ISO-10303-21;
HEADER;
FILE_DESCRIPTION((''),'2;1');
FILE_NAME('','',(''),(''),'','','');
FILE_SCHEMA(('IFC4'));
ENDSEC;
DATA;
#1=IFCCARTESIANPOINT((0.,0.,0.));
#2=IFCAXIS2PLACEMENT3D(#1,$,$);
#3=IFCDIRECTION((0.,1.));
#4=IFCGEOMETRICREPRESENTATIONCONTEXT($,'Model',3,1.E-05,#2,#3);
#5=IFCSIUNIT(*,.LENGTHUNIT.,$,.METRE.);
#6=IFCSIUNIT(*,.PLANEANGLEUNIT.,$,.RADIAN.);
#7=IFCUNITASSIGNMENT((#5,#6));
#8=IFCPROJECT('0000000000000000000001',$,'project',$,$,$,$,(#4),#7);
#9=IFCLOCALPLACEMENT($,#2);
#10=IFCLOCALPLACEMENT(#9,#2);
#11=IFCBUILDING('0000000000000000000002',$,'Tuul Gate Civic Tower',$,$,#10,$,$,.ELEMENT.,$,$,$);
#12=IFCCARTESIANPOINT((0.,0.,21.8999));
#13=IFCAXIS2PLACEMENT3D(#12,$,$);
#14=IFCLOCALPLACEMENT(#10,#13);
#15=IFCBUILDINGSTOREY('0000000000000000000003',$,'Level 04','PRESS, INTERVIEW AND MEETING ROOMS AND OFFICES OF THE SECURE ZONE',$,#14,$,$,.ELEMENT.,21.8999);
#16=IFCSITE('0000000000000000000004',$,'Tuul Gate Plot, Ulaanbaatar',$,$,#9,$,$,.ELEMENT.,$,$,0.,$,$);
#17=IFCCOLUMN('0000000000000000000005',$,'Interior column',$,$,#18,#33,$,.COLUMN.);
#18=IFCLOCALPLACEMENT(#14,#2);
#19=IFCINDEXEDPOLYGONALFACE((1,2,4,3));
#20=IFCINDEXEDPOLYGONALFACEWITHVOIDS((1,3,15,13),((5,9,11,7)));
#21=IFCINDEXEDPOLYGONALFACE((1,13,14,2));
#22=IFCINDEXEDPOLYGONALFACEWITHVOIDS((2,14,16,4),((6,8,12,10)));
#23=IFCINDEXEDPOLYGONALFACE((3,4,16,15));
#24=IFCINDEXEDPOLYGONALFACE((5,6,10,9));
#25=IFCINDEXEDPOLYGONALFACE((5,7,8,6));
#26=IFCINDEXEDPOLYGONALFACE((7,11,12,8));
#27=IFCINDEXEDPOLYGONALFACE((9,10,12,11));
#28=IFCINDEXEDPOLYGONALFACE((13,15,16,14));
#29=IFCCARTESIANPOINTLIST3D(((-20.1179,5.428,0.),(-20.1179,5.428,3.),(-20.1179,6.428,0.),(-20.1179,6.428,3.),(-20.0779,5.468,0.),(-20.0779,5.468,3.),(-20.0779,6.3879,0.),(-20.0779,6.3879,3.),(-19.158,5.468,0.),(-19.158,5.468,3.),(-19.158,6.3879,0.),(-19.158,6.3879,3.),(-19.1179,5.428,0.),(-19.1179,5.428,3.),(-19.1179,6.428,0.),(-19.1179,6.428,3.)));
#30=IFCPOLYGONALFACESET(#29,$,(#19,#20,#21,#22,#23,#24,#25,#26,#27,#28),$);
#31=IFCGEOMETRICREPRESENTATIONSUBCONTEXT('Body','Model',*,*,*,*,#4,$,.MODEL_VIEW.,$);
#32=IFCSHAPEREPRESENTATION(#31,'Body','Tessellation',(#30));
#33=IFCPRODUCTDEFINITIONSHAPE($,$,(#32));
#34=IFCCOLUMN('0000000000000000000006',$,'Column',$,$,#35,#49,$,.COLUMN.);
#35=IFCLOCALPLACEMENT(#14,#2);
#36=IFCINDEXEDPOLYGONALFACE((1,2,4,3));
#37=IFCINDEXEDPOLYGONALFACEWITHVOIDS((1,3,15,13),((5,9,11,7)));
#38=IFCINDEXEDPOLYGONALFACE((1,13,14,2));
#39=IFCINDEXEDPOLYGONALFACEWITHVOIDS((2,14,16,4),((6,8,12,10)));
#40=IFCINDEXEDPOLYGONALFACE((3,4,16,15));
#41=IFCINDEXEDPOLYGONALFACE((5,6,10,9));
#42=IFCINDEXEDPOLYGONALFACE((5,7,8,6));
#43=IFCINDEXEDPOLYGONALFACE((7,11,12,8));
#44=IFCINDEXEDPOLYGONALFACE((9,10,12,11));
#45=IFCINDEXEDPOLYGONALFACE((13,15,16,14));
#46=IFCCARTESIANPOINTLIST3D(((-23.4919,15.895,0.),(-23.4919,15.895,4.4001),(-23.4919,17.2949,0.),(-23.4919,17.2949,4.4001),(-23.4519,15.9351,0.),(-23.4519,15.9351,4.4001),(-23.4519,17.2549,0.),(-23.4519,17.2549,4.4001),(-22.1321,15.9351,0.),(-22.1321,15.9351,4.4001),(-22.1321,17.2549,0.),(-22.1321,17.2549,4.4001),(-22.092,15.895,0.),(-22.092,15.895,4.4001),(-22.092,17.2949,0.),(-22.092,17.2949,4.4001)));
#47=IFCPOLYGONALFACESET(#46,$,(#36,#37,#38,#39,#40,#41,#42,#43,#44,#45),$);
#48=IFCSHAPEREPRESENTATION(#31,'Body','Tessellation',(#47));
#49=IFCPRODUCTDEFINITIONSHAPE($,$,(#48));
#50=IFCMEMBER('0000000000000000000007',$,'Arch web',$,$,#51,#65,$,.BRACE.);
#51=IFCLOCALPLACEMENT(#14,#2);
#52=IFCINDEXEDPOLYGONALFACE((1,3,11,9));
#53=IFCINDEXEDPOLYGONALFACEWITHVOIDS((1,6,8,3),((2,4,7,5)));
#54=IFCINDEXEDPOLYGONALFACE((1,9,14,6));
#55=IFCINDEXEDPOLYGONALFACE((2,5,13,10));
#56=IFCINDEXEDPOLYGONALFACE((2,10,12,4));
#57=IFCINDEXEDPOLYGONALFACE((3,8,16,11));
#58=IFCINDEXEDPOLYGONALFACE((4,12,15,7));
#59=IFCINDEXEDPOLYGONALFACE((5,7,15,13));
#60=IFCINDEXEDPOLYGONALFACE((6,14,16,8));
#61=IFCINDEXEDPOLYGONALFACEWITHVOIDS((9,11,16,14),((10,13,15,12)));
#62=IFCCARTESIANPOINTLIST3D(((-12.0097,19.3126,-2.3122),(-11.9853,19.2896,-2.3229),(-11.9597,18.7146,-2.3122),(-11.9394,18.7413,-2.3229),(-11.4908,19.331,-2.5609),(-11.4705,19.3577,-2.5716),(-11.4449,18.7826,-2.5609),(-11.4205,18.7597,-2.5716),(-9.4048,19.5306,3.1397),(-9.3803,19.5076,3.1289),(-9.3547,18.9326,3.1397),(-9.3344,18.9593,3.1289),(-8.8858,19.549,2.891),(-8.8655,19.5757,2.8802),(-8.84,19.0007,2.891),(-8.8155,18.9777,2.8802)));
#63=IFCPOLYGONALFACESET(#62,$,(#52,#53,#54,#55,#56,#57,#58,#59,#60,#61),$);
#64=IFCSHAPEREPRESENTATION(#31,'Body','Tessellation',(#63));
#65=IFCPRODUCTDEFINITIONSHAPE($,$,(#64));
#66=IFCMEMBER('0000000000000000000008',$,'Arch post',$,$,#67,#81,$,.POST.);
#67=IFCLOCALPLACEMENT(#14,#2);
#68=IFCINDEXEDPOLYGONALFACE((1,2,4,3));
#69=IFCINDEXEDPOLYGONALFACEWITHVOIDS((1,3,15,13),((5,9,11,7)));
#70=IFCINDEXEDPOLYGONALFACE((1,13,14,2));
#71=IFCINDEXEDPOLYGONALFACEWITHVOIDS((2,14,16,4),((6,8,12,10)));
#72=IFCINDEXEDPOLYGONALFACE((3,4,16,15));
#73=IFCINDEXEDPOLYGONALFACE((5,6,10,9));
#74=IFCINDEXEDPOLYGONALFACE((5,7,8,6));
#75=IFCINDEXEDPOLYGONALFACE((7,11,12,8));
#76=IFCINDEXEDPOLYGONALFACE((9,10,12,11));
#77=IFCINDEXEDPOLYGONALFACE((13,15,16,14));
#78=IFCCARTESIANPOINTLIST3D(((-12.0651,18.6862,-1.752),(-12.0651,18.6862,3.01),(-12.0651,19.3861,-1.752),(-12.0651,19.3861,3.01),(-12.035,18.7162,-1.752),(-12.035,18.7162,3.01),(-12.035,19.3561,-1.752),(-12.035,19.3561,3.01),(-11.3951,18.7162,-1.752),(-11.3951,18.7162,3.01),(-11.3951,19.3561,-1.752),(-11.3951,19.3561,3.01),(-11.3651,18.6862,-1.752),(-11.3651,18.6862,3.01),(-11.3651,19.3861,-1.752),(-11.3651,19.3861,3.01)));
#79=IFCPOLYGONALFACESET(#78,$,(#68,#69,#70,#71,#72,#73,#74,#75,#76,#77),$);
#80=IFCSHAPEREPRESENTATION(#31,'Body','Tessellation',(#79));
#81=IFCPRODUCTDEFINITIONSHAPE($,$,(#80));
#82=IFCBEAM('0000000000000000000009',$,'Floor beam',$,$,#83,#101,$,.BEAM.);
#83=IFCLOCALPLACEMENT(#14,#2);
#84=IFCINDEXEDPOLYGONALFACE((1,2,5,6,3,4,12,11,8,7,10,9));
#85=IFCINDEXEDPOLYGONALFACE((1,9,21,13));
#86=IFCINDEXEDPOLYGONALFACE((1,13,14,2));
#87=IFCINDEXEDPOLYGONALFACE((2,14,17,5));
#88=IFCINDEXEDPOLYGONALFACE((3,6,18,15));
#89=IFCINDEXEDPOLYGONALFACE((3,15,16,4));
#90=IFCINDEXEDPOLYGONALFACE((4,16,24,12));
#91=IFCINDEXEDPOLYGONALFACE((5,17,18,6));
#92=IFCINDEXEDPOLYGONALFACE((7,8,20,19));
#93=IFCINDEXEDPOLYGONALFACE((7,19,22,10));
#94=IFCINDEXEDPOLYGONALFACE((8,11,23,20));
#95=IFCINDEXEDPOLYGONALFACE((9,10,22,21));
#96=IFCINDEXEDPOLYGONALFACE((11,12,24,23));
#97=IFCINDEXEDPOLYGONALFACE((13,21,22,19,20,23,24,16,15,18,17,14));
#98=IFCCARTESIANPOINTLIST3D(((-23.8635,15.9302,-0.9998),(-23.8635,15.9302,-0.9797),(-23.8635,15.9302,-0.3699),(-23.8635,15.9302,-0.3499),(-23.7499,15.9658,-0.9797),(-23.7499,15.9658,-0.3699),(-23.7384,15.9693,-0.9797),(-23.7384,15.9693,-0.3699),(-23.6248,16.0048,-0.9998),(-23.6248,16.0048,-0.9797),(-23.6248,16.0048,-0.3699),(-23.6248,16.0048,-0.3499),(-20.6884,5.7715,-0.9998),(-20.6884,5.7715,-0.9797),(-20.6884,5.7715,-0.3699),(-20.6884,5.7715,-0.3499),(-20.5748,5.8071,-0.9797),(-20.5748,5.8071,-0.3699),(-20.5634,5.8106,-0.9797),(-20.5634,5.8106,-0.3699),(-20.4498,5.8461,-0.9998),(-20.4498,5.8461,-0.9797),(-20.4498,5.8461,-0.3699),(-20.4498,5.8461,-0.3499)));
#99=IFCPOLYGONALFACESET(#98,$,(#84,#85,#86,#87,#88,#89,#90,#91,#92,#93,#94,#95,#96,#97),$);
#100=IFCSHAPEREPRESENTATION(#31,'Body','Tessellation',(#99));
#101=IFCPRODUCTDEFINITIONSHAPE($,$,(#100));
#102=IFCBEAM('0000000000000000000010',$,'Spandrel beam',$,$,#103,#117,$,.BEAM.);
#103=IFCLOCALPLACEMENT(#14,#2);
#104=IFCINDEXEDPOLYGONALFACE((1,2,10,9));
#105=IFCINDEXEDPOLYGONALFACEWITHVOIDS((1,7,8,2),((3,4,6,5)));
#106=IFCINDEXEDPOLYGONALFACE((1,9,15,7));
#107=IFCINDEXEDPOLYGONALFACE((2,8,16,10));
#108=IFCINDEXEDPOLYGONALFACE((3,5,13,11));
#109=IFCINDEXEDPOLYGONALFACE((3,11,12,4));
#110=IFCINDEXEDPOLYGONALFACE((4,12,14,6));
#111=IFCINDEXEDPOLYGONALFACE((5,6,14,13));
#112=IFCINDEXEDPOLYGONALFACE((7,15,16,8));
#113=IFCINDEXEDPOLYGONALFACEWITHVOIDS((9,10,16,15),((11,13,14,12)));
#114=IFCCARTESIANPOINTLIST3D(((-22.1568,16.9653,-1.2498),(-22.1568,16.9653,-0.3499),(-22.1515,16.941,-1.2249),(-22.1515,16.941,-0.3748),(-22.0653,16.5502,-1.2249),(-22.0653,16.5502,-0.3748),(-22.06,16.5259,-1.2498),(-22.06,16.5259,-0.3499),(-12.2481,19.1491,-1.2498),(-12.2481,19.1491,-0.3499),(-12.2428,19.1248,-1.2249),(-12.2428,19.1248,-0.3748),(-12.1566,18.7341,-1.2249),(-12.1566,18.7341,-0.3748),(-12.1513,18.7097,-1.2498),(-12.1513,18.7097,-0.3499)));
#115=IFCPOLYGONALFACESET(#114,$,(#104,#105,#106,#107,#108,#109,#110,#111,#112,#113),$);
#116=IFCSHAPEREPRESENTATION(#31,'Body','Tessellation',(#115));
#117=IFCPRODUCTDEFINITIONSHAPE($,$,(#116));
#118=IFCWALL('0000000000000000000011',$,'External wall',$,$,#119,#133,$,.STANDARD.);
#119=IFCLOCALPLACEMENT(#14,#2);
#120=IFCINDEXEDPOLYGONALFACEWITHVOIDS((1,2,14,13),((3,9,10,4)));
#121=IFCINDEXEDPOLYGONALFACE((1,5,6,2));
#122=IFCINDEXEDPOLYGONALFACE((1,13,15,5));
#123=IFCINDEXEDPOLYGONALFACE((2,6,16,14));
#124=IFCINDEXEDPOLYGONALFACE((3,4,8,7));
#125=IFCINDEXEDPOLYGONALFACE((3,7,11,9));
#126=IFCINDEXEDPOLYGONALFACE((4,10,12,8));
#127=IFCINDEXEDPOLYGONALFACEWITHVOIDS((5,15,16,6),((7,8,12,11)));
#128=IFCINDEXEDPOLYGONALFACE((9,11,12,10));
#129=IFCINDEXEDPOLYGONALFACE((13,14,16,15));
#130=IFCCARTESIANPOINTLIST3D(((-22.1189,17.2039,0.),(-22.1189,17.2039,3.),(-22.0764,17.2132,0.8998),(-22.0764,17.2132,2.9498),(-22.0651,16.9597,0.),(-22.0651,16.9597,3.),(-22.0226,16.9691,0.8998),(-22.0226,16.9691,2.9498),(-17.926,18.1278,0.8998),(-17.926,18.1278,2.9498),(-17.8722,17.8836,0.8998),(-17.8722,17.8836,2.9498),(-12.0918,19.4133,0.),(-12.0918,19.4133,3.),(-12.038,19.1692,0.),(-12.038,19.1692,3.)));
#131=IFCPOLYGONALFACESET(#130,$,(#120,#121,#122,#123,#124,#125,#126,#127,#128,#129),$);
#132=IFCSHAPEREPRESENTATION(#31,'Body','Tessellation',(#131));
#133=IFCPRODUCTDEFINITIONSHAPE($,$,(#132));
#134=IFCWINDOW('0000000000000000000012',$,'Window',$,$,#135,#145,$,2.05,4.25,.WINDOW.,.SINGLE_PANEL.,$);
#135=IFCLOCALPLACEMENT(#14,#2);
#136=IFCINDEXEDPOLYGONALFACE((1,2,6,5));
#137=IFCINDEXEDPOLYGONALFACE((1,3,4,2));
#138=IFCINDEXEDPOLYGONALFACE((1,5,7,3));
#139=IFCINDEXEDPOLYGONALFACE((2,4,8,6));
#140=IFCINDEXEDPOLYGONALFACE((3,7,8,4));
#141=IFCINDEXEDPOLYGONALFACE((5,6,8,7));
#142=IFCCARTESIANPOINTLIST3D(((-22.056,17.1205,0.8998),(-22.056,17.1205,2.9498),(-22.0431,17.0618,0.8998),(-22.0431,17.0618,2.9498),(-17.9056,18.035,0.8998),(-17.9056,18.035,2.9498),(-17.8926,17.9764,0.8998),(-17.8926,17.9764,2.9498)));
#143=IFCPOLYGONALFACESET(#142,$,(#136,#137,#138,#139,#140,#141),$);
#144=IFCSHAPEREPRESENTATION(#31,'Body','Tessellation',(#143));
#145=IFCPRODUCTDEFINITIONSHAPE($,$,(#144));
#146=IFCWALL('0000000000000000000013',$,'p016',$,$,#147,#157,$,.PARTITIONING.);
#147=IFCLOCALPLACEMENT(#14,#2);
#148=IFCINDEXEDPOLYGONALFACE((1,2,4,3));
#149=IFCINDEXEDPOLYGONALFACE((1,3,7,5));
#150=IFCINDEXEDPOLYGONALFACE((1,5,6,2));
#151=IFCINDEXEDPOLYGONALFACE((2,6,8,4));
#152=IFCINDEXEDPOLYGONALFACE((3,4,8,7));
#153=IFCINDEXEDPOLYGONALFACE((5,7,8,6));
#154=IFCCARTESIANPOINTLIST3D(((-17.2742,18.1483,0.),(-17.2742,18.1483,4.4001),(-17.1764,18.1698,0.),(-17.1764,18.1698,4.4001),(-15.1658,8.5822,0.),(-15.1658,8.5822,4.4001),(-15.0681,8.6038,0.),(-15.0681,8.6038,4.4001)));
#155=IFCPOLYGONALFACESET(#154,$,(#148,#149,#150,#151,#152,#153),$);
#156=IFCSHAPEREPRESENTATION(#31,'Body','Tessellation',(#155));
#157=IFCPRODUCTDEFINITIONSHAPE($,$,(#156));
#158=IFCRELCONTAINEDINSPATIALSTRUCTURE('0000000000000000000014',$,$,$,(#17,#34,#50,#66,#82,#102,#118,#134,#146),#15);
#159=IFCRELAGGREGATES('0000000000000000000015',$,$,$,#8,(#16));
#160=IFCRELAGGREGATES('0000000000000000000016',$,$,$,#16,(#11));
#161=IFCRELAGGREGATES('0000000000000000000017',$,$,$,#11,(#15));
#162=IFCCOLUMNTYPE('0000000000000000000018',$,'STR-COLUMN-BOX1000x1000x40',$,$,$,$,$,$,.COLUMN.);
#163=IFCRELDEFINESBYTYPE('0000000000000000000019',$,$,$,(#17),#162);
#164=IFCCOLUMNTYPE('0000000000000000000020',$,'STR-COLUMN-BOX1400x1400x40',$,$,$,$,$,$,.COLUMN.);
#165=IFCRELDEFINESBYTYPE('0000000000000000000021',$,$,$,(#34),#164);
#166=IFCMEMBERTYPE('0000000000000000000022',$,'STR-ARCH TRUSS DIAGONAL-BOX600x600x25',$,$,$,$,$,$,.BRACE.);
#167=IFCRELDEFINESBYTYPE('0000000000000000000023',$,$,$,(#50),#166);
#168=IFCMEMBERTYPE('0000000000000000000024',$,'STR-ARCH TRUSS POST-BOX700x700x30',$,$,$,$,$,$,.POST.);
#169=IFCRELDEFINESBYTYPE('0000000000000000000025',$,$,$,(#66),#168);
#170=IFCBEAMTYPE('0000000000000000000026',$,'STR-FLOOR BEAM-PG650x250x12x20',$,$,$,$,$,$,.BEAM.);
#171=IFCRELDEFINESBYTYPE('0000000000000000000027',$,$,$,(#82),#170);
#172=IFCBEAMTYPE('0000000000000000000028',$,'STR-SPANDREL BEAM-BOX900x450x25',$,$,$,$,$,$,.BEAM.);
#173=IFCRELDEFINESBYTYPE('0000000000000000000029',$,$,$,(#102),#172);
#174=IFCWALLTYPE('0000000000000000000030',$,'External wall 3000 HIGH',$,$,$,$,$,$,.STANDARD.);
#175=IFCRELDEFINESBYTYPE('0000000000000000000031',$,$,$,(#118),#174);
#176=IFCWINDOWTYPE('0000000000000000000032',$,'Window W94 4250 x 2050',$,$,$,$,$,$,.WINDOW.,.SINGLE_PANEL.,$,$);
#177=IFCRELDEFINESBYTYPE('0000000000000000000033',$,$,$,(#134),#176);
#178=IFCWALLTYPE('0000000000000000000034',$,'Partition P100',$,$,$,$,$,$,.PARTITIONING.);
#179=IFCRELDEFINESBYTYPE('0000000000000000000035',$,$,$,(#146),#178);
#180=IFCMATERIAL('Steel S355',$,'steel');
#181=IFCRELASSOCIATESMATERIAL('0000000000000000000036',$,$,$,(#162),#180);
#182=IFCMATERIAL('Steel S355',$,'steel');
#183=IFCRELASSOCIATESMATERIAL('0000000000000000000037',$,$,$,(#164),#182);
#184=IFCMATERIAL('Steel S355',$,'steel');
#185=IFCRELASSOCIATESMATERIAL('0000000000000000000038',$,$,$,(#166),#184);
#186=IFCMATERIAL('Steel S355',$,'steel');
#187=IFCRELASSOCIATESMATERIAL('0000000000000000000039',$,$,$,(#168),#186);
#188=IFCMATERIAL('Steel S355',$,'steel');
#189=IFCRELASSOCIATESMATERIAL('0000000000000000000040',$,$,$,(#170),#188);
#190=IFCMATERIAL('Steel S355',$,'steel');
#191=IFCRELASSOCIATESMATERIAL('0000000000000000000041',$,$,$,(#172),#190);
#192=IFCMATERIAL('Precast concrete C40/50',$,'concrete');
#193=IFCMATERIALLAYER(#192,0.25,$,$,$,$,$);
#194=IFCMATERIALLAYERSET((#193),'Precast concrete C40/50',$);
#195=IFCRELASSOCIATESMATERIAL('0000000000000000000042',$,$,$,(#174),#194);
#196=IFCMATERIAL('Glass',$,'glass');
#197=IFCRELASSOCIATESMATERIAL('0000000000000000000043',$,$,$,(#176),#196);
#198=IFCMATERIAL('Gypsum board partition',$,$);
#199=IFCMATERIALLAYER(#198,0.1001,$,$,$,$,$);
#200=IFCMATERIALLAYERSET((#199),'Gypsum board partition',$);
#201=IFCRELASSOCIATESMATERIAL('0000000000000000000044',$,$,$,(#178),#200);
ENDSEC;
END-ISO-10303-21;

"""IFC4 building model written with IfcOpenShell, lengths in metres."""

from ifc_helpers import new_model, si_unit, direction, frame, frame_2d, origin, origin_2d, place, context, subcontext, project, spatial, rectangle, hollow_rectangle, i_section, extrude, material, layer, layer_set, material_profile, profile_set, type_object, element, fill, save


model = new_model("IFC4")

# Units and contexts
model_context = context("Model", 3, precision=1e-05, world=origin(), true_north=direction((0.0, 1.0)))
body_context = subcontext(model_context, "Body", "Model", "MODEL_VIEW")
ifc_project = project(units=[si_unit("LENGTHUNIT", "METRE"), si_unit("PLANEANGLEUNIT", "RADIAN")], contexts=[model_context])

# Site, building, storey
site_placement = place(None, origin())
site = spatial("IfcSite", under=ifc_project, at=site_placement, Name="Tuul Gate Plot, Ulaanbaatar", CompositionType="ELEMENT", RefElevation=0.0)
building_placement = place(site_placement, origin())
building = spatial("IfcBuilding", under=site, at=building_placement, Name="Tuul Gate Civic Tower", CompositionType="ELEMENT")
storey_placement = place(building_placement, frame((0.0, 0.0, 21.8999)))
storey = spatial("IfcBuildingStorey", under=building, at=storey_placement, Name="Level 04", Description="PRESS, INTERVIEW AND MEETING ROOMS AND OFFICES OF THE SECURE ZONE", CompositionType="ELEMENT", Elevation=21.8999)

# Columns
ifc_material_1 = material(Name="Steel S355", Category="steel")
ifc_material_profile_1 = material_profile(ifc_material_1, hollow_rectangle(XDim=1.0, YDim=1.0, WallThickness=0.04, at=origin_2d()), Name="BOX1000x1000x40")
ifc_profile_set_1 = profile_set([ifc_material_profile_1], Name="Steel S355")
column_type_1 = type_object("IfcColumnType", Name="STR-COLUMN-BOX1000x1000x40", PredefinedType="COLUMN", material=ifc_profile_set_1)
column_1_placement = place(storey_placement, frame((-19.6179, 5.928, 0.0), z_axis=(0.0, 0.0, 1.0), x_axis=(1.0, 0.0, 0.0)))
element("IfcColumn", 1, at=column_1_placement, inside=storey, type_object=column_type_1, Name="Interior column", PredefinedType="COLUMN", context=body_context, shape_type="SweptSolid", body=[
    extrude(hollow_rectangle(XDim=1.0, YDim=1.0, WallThickness=0.04, at=origin_2d()), origin(), (0.0, 0.0, 1.0), 3.0),
])
ifc_material_2 = material(Name="Steel S355", Category="steel")
ifc_material_profile_2 = material_profile(ifc_material_2, hollow_rectangle(XDim=1.3999, YDim=1.3999, WallThickness=0.04, at=origin_2d()), Name="BOX1400x1400x40")
ifc_profile_set_2 = profile_set([ifc_material_profile_2], Name="Steel S355")
column_type_2 = type_object("IfcColumnType", Name="STR-COLUMN-BOX1400x1400x40", PredefinedType="COLUMN", material=ifc_profile_set_2)
column_2_placement = place(storey_placement, frame((-22.792, 16.595, 0.0), z_axis=(0.0, 0.0, 1.0), x_axis=(1.0, 0.0, 0.0)))
element("IfcColumn", 2, at=column_2_placement, inside=storey, type_object=column_type_2, Name="Column", PredefinedType="COLUMN", context=body_context, shape_type="SweptSolid", body=[
    extrude(hollow_rectangle(XDim=1.3999, YDim=1.3999, WallThickness=0.04, at=origin_2d()), origin(), (0.0, 0.0, 1.0), 4.4001),
])

# Members
ifc_material_3 = material(Name="Steel S355", Category="steel")
ifc_material_profile_3 = material_profile(ifc_material_3, hollow_rectangle(XDim=0.6001, YDim=0.6001, WallThickness=0.0249, at=origin_2d()), Name="BOX600x600x25")
ifc_profile_set_3 = profile_set([ifc_material_profile_3], Name="Steel S355")
member_type_1 = type_object("IfcMemberType", Name="STR-ARCH TRUSS DIAGONAL-BOX600x600x25", PredefinedType="BRACE", material=ifc_profile_set_3)
member_1_placement = place(storey_placement, frame((-11.7151, 19.0361, -2.4419), z_axis=(0.430845, 0.036059, 0.901705), x_axis=(-0.083401, 0.996516, 0.0)))
element("IfcMember", 3, at=member_1_placement, inside=storey, type_object=member_type_1, Name="Arch web", PredefinedType="BRACE", context=body_context, shape_type="SweptSolid", body=[
    extrude(hollow_rectangle(XDim=0.6001, YDim=0.6001, WallThickness=0.0249, at=origin_2d()), origin(), (0.0, 0.0, 1.0), 6.0461),
])
ifc_material_4 = material(Name="Steel S355", Category="steel")
ifc_material_profile_4 = material_profile(ifc_material_4, hollow_rectangle(XDim=0.7, YDim=0.7, WallThickness=0.03, at=origin_2d()), Name="BOX700x700x30")
ifc_profile_set_4 = profile_set([ifc_material_profile_4], Name="Steel S355")
member_type_2 = type_object("IfcMemberType", Name="STR-ARCH TRUSS POST-BOX700x700x30", PredefinedType="POST", material=ifc_profile_set_4)
member_2_placement = place(storey_placement, frame((-11.7151, 19.0361, -1.752), z_axis=(0.0, 0.0, 1.0), x_axis=(1.0, 0.0, 0.0)))
element("IfcMember", 4, at=member_2_placement, inside=storey, type_object=member_type_2, Name="Arch post", PredefinedType="POST", context=body_context, shape_type="SweptSolid", body=[
    extrude(hollow_rectangle(XDim=0.7, YDim=0.7, WallThickness=0.03, at=origin_2d()), origin(), (0.0, 0.0, 1.0), 4.762),
])

# Beams
ifc_material_5 = material(Name="Steel S355", Category="steel")
ifc_material_profile_5 = material_profile(ifc_material_5, i_section(OverallWidth=0.25, OverallDepth=0.6499, WebThickness=0.012, FlangeThickness=0.02, at=origin_2d()), Name="PG650x250x12x20")
ifc_profile_set_5 = profile_set([ifc_material_profile_5], Name="Steel S355")
beam_type_1 = type_object("IfcBeamType", Name="STR-FLOOR BEAM-PG650x250x12x20", PredefinedType="BEAM", material=ifc_profile_set_5)
beam_1_placement = place(storey_placement, frame((-20.5691, 5.8088, -0.6748), z_axis=(-0.298314, 0.954468, 0.0), x_axis=(-0.954468, -0.298314, 0.0)))
element("IfcBeam", 5, at=beam_1_placement, inside=storey, type_object=beam_type_1, Name="Floor beam", PredefinedType="BEAM", context=body_context, shape_type="SweptSolid", body=[
    extrude(i_section(OverallWidth=0.25, OverallDepth=0.6499, WebThickness=0.012, FlangeThickness=0.02, at=origin_2d()), origin(), (0.0, 0.0, 1.0), 10.6433),
])
ifc_material_6 = material(Name="Steel S355", Category="steel")
ifc_material_profile_6 = material_profile(ifc_material_6, hollow_rectangle(XDim=0.45, YDim=0.8999, WallThickness=0.0249, at=origin_2d()), Name="BOX900x450x25")
ifc_profile_set_6 = profile_set([ifc_material_profile_6], Name="Steel S355")
beam_type_2 = type_object("IfcBeamType", Name="STR-SPANDREL BEAM-BOX900x450x25", PredefinedType="BEAM", material=ifc_profile_set_6)
beam_2_placement = place(storey_placement, frame((-12.1997, 18.9294, -0.7998), z_axis=(-0.976563, -0.215231, 0.0), x_axis=(0.215231, -0.976563, 0.0)))
element("IfcBeam", 6, at=beam_2_placement, inside=storey, type_object=beam_type_2, Name="Spandrel beam", PredefinedType="BEAM", context=body_context, shape_type="SweptSolid", body=[
    extrude(hollow_rectangle(XDim=0.45, YDim=0.8999, WallThickness=0.0249, at=origin_2d()), origin(), (0.0, 0.0, 1.0), 10.1465),
])

# Wall, opening, window
ifc_material_7 = material(Name="Precast concrete C40/50", Category="concrete")
ifc_layer_1 = layer(ifc_material_7, 0.25)
ifc_layer_set_1 = layer_set([ifc_layer_1], Name="Precast concrete C40/50")
wall_type_1 = type_object("IfcWallType", Name="External wall 3000 HIGH", PredefinedType="STANDARD", material=ifc_layer_set_1)
wall_1_placement = place(storey_placement, frame((-12.0649, 19.2913, 0.0), z_axis=(0.0, 0.0, 1.0), x_axis=(-0.976573, -0.215188, 0.0)))
wall_1 = element("IfcWall", 7, at=wall_1_placement, inside=storey, type_object=wall_type_1, Name="External wall", PredefinedType="STANDARD", context=body_context, shape_type="SweptSolid", body=[
    extrude(rectangle(XDim=10.2676, YDim=0.25, at=frame_2d((5.1338, 0.0))), origin(), (0.0, 0.0, 1.0), 3.0),
])
opening_placement = place(wall_1_placement, frame((5.9741, 0.0, 0.8999)))
opening = element("IfcOpeningElement", 8, at=opening_placement, cuts=wall_1, PredefinedType="OPENING", context=body_context, shape_type="SweptSolid", body=[
    extrude(rectangle(XDim=4.25, YDim=2.05, at=frame_2d((2.125, 1.0249))), frame((0.0, 0.135, 0.0), z_axis=(0.0, -1.0, 0.0), x_axis=(1.0, 0.0, 0.0)), (0.0, 0.0, 1.0), 0.27),
])
ifc_material_8 = material(Name="Glass", Category="glass")
window_type = type_object("IfcWindowType", Name="Window W94 4250 x 2050", PartitioningType="SINGLE_PANEL", PredefinedType="WINDOW", material=ifc_material_8)
window_placement = place(opening_placement, origin())
window = element("IfcWindow", 9, at=window_placement, inside=storey, type_object=window_type, Name="Window", OverallHeight=2.05, OverallWidth=4.25, PartitioningType="SINGLE_PANEL", PredefinedType="WINDOW", context=body_context, shape_type="SweptSolid", body=[
    extrude(rectangle(XDim=4.25, YDim=2.05, at=frame_2d((2.125, 1.0249))), frame((0.0, 0.03, 0.0), z_axis=(0.0, -1.0, 0.0), x_axis=(1.0, 0.0, 0.0)), (0.0, 0.0, 1.0), 0.0601),
])
fill(opening, window)

# Wall
ifc_material_9 = material(Name="Gypsum board partition")
ifc_layer_2 = layer(ifc_material_9, 0.1001)
ifc_layer_set_2 = layer_set([ifc_layer_2], Name="Gypsum board partition")
wall_type_2 = type_object("IfcWallType", Name="Partition P100", PredefinedType="PARTITIONING", material=ifc_layer_set_2)
wall_2_placement = place(storey_placement, frame((-17.2253, 18.1592, 0.0), z_axis=(0.0, 0.0, 1.0), x_axis=(0.215236, -0.976562, 0.0)))
element("IfcWall", 10, at=wall_2_placement, inside=storey, type_object=wall_type_2, Name="p016", PredefinedType="PARTITIONING", context=body_context, shape_type="SweptSolid", body=[
    extrude(rectangle(XDim=9.7957, YDim=0.1001, at=frame_2d((4.8979, 0.0))), origin(), (0.0, 0.0, 1.0), 4.4001),
])

save(model, "model.ifc")
